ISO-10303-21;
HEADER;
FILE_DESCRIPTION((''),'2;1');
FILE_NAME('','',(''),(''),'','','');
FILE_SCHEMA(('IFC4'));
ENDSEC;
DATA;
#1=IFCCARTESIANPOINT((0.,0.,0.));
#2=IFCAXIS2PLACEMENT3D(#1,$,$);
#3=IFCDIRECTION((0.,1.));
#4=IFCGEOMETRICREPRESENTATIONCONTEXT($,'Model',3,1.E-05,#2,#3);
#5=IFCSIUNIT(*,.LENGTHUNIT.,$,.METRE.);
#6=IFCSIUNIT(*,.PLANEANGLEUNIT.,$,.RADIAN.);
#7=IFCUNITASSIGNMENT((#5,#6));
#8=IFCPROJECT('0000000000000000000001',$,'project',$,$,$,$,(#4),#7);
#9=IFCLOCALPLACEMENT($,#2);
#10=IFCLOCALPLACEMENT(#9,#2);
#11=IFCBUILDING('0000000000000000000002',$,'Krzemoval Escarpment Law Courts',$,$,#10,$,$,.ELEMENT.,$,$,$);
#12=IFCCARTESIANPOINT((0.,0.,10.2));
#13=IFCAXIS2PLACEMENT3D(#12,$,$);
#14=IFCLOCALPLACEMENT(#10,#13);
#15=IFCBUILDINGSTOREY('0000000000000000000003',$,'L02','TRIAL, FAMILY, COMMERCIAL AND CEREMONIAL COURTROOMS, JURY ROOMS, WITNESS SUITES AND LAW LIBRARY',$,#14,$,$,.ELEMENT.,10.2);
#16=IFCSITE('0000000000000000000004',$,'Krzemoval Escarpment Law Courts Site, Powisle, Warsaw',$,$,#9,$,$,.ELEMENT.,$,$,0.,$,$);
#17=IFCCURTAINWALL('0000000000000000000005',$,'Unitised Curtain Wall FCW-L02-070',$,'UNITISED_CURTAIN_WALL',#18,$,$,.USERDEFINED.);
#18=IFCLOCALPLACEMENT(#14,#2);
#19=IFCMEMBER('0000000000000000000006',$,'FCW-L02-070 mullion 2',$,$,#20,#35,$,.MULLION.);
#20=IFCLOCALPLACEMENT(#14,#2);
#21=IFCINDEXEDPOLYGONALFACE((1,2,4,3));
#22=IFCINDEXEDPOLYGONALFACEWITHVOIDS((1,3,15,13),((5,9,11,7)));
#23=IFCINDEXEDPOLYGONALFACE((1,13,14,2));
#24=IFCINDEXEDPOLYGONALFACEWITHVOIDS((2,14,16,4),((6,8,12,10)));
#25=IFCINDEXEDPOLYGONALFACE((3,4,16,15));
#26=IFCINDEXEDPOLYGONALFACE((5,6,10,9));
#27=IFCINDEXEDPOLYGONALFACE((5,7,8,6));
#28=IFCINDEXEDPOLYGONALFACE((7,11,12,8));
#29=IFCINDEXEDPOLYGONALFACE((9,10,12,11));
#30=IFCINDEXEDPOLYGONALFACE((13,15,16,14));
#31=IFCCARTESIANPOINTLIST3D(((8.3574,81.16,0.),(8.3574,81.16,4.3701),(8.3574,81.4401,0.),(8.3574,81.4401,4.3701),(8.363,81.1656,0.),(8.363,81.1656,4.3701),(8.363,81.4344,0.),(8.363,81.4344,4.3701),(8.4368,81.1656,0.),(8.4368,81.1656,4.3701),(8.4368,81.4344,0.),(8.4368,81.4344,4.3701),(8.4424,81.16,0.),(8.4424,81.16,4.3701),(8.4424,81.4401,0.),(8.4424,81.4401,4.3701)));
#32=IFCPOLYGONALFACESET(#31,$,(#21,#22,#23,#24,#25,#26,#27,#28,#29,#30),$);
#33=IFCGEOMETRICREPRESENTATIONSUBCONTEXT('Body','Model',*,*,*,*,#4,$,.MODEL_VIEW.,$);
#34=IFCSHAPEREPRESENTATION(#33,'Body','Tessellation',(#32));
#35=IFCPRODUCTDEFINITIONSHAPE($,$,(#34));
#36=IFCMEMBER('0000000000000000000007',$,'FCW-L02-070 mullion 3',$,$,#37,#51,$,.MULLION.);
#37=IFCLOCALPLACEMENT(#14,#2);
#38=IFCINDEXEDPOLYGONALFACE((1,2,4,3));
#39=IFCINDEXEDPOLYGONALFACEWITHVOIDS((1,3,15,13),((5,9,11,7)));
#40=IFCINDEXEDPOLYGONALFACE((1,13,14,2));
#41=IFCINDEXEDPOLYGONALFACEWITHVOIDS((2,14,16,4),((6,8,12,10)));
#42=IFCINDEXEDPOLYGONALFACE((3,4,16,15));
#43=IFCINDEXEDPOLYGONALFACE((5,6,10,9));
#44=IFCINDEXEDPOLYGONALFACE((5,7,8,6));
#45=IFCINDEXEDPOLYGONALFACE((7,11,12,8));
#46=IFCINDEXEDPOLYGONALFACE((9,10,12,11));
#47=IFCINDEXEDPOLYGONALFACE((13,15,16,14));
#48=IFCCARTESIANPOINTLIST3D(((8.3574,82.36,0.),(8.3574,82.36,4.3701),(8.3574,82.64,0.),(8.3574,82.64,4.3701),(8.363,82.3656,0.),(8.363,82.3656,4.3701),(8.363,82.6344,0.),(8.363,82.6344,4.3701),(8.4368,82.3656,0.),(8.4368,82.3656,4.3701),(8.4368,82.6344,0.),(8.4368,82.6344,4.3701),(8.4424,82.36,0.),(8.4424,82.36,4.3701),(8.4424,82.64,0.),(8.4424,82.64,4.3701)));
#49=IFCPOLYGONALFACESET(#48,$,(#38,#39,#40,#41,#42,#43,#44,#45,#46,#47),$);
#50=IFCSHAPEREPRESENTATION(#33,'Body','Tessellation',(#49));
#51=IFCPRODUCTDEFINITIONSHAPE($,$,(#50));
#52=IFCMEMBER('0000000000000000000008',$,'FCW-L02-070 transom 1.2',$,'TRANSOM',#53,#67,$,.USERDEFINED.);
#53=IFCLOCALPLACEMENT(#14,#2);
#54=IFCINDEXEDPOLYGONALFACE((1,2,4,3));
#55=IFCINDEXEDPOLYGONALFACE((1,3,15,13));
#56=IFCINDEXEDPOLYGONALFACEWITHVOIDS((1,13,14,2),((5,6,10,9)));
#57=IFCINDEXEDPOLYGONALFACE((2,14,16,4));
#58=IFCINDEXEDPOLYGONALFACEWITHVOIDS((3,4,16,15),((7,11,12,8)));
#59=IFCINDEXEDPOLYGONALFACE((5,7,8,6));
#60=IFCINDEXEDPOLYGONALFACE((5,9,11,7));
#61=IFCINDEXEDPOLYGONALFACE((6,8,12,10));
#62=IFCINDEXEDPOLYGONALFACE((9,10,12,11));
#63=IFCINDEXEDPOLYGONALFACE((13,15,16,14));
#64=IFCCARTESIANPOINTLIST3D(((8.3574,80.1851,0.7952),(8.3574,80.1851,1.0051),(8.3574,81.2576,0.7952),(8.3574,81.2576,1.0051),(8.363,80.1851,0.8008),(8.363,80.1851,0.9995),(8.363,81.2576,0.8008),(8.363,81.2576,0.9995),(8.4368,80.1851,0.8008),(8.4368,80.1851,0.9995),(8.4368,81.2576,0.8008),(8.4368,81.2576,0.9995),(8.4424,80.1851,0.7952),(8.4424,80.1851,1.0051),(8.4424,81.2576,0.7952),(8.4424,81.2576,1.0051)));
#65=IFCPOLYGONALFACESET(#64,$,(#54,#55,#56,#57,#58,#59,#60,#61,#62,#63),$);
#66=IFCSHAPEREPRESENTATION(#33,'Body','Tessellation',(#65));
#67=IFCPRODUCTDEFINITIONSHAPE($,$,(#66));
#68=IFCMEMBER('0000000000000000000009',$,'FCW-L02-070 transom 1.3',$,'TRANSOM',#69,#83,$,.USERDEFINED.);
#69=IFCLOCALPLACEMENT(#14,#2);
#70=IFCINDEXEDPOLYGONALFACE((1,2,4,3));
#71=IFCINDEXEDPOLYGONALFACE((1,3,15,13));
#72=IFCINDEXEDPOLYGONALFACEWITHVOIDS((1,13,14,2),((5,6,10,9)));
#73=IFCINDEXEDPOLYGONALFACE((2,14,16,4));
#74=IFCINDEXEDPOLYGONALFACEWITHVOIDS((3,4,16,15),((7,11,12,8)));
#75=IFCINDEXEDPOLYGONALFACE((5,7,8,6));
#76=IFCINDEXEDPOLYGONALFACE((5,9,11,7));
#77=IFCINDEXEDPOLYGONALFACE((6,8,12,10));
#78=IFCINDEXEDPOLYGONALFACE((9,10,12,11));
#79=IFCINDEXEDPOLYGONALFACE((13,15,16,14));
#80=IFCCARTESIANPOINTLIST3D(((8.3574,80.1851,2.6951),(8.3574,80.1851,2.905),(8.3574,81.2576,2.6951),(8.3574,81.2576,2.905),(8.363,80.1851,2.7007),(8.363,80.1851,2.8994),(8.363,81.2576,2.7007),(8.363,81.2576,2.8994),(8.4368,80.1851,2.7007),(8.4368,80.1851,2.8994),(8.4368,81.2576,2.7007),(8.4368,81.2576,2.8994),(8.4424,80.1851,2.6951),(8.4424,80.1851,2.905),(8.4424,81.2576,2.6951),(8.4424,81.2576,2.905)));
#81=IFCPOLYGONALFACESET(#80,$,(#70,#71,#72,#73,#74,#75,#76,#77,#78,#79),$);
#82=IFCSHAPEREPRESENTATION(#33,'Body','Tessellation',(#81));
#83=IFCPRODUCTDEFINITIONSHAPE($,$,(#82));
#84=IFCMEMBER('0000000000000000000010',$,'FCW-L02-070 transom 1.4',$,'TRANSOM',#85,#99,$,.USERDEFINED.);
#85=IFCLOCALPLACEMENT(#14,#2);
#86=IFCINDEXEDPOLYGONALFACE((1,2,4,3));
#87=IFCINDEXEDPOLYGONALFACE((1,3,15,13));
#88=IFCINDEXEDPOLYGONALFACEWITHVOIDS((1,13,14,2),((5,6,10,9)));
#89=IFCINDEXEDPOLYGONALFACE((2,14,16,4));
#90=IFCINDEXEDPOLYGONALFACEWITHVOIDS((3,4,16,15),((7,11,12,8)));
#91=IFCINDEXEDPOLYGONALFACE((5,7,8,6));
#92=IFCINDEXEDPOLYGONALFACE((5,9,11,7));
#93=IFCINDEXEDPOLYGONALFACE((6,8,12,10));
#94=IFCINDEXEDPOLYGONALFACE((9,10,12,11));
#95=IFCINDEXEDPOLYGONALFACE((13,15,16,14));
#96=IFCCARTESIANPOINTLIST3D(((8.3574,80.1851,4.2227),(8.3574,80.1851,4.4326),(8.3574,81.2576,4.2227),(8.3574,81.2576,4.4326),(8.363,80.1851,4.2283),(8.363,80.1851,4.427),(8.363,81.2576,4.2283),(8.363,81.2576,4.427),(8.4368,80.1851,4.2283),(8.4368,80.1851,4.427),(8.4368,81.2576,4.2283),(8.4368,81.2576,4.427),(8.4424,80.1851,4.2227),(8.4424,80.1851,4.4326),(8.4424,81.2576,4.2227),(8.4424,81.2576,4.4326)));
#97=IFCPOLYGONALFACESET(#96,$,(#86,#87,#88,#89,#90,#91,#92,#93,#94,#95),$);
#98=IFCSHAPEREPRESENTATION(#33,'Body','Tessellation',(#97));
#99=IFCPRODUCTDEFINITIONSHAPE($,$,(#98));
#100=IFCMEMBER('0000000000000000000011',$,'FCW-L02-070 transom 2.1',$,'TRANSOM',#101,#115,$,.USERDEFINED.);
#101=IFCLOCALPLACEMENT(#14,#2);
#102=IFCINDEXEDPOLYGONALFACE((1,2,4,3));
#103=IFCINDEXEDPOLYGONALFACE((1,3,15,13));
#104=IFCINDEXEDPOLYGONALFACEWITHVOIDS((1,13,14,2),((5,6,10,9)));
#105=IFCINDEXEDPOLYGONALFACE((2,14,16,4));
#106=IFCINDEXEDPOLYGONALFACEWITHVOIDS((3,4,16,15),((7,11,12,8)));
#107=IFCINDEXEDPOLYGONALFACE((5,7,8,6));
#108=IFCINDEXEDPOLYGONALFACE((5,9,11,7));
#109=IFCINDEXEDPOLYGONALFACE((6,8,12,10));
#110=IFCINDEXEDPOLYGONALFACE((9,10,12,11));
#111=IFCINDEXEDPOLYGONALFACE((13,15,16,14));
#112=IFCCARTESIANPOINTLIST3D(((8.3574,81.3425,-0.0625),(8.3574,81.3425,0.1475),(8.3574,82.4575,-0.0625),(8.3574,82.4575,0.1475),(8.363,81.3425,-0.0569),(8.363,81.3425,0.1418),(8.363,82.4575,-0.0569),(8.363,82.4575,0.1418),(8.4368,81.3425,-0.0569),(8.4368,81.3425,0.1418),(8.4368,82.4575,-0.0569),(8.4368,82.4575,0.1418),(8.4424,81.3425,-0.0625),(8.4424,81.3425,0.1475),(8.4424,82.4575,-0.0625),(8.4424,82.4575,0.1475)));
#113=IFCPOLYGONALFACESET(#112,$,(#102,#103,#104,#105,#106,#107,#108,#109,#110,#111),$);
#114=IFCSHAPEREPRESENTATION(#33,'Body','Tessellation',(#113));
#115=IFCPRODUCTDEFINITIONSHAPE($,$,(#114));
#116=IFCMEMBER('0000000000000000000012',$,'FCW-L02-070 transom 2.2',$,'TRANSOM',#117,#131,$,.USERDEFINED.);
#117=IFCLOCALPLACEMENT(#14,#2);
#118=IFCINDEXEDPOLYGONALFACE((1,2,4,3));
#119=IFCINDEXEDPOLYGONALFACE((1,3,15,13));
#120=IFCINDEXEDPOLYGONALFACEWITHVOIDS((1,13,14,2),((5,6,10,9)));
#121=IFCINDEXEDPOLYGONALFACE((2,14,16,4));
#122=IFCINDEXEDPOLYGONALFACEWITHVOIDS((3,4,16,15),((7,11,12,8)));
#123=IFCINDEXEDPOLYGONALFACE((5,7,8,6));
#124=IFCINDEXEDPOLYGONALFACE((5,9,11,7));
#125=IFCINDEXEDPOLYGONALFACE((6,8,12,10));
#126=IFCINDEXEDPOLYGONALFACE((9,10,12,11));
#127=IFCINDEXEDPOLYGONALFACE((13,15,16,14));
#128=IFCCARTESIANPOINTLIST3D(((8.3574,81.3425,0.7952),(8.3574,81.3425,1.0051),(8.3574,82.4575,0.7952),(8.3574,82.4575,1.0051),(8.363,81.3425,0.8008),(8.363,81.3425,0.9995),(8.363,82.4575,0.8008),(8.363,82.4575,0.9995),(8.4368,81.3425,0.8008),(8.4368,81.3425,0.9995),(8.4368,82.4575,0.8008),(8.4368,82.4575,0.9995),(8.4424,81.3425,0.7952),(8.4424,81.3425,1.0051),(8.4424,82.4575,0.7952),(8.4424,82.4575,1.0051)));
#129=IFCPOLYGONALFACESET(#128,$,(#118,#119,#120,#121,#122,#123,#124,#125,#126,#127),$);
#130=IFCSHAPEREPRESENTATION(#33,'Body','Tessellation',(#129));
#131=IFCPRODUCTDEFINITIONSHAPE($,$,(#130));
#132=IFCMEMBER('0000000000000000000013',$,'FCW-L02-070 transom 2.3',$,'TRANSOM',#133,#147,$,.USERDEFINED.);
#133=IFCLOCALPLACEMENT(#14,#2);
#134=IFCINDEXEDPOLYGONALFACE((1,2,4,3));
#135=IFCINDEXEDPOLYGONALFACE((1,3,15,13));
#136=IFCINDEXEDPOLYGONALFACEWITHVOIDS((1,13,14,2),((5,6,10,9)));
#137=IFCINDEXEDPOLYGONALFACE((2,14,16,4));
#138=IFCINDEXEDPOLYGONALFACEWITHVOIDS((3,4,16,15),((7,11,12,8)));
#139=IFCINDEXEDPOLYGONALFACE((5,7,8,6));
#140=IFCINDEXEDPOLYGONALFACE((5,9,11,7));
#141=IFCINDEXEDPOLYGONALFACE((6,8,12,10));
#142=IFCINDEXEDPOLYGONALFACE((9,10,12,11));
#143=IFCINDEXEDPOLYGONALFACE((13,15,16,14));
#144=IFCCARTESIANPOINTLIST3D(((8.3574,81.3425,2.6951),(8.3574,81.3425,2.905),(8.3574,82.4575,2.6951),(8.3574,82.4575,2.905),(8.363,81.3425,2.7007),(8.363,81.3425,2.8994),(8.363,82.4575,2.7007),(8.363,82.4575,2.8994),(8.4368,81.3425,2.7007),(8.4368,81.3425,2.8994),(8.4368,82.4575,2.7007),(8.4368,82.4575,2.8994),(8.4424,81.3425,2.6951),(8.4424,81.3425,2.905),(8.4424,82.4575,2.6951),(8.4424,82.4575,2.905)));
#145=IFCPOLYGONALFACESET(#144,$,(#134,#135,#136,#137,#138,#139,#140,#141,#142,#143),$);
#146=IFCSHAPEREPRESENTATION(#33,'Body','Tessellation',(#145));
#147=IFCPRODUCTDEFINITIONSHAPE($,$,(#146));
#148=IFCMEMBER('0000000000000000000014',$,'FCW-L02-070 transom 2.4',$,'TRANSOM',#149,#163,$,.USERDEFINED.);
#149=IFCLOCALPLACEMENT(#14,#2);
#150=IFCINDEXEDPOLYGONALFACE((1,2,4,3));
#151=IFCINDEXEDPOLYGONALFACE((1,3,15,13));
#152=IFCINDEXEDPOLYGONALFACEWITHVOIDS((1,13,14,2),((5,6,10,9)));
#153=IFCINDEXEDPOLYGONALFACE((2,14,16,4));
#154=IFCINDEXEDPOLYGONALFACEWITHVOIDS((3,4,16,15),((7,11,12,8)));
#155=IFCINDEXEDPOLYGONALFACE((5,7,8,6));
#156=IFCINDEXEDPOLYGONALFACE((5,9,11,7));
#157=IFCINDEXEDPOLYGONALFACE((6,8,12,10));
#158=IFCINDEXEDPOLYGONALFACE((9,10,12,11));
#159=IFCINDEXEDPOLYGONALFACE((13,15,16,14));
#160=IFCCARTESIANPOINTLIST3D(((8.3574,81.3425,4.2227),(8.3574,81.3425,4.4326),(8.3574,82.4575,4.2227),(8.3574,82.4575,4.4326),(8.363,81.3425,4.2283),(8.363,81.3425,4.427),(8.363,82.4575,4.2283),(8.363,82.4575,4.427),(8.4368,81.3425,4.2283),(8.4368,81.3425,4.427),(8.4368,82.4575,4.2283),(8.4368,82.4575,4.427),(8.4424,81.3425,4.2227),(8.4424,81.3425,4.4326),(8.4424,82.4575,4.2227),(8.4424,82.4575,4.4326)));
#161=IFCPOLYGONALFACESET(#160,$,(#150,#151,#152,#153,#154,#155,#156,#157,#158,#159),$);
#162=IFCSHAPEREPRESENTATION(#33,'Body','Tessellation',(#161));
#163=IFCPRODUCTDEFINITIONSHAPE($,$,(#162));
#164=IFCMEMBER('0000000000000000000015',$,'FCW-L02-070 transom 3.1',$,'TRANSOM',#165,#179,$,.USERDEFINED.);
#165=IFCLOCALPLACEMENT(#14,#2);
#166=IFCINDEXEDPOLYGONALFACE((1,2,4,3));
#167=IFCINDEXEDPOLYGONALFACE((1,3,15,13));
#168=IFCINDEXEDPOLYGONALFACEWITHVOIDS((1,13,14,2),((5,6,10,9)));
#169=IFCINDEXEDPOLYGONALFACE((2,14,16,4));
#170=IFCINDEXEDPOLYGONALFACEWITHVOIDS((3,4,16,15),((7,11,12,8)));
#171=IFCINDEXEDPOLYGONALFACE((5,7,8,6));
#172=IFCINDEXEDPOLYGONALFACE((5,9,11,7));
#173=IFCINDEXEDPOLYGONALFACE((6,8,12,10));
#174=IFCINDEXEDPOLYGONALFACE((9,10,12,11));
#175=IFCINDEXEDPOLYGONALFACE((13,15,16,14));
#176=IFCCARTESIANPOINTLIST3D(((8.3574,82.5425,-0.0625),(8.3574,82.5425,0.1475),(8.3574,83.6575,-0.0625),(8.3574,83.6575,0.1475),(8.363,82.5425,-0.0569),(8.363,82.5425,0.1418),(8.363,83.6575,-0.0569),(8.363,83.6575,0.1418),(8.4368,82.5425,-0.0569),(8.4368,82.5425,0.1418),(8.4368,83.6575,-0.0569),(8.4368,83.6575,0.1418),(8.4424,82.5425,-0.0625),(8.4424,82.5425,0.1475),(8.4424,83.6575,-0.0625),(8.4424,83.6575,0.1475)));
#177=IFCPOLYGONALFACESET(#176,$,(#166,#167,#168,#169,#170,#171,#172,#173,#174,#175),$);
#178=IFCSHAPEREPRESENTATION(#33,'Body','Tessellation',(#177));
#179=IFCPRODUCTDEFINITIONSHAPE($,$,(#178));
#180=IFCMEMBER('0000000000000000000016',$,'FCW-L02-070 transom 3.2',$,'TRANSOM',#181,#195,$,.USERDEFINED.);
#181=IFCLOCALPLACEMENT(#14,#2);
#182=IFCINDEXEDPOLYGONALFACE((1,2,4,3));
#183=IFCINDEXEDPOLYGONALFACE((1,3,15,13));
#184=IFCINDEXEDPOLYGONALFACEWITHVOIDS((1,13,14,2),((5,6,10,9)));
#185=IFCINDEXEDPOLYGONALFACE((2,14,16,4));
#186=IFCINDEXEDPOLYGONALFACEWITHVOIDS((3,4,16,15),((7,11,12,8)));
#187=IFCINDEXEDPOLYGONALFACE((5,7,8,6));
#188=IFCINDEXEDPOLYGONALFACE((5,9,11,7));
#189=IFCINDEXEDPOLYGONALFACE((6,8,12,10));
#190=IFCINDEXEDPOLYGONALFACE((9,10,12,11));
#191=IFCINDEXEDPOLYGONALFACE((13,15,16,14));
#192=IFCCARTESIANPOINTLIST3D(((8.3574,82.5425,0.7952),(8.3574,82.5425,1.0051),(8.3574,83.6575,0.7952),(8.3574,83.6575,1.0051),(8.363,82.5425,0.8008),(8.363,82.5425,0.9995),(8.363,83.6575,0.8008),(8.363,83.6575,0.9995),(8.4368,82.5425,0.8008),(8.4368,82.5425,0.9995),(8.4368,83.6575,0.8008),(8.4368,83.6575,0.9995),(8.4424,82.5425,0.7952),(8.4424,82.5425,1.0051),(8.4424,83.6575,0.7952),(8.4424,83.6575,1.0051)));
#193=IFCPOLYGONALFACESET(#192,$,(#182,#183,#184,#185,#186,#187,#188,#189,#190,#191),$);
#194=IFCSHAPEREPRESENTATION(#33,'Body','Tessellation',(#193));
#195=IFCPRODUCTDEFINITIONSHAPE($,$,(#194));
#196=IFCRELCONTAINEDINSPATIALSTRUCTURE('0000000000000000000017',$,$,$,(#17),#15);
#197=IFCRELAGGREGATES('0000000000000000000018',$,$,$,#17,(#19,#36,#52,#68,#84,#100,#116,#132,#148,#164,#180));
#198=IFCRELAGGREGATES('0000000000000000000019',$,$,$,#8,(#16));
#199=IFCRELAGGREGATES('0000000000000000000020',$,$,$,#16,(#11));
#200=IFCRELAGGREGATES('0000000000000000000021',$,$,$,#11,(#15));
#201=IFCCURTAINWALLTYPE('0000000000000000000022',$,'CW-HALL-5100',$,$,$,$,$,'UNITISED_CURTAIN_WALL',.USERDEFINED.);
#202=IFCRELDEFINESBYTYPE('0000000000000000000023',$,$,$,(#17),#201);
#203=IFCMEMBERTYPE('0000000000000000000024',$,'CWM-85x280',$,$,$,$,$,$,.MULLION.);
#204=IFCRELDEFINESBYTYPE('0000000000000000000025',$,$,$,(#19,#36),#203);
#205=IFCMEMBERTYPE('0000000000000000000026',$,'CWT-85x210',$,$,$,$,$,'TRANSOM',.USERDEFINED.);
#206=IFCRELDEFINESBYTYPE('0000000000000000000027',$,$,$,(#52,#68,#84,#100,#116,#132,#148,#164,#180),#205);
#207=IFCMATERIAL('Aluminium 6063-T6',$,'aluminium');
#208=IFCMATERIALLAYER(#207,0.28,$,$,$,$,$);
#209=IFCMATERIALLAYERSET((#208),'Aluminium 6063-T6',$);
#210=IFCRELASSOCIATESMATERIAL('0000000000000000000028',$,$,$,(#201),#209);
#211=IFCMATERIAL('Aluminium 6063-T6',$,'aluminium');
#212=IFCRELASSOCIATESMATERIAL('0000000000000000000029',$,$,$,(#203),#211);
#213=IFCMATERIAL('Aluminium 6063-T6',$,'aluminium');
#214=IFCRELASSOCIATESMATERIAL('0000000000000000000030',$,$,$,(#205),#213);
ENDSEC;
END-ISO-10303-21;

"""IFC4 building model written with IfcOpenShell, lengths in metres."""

from ifc_helpers import new_model, si_unit, direction, frame, origin, origin_2d, place, context, subcontext, project, spatial, hollow_rectangle, extrude, material, layer, layer_set, material_profile, profile_set, type_object, element, aggregate, save


model = new_model("IFC4")

# Units and contexts
model_context = context("Model", 3, precision=1e-05, world=origin(), true_north=direction((0.0, 1.0)))
body_context = subcontext(model_context, "Body", "Model", "MODEL_VIEW")
ifc_project = project(units=[si_unit("LENGTHUNIT", "METRE"), si_unit("PLANEANGLEUNIT", "RADIAN")], contexts=[model_context])

# Site, building, storey
site_placement = place(None, origin())
site = spatial("IfcSite", under=ifc_project, at=site_placement, Name="Krzemoval Escarpment Law Courts Site, Powisle, Warsaw", CompositionType="ELEMENT", RefElevation=0.0)
building_placement = place(site_placement, origin())
building = spatial("IfcBuilding", under=site, at=building_placement, Name="Krzemoval Escarpment Law Courts", CompositionType="ELEMENT")
storey_placement = place(building_placement, frame((0.0, 0.0, 10.2)))
storey = spatial("IfcBuildingStorey", under=building, at=storey_placement, Name="L02", Description="TRIAL, FAMILY, COMMERCIAL AND CEREMONIAL COURTROOMS, JURY ROOMS, WITNESS SUITES AND LAW LIBRARY", CompositionType="ELEMENT", Elevation=10.2)

# Curtain wall, members
ifc_material_1 = material(Name="Aluminium 6063-T6", Category="aluminium")
ifc_layer_1 = layer(ifc_material_1, 0.28)
ifc_layer_set_1 = layer_set([ifc_layer_1], Name="Aluminium 6063-T6")
curtain_wall_type = type_object("IfcCurtainWallType", Name="CW-HALL-5100", ElementType="UNITISED_CURTAIN_WALL", PredefinedType="USERDEFINED", material=ifc_layer_set_1)
curtain_wall_placement = place(storey_placement, origin())
curtain_wall = element("IfcCurtainWall", 1, at=curtain_wall_placement, inside=storey, type_object=curtain_wall_type, Name="Unitised Curtain Wall FCW-L02-070", ObjectType="UNITISED_CURTAIN_WALL", PredefinedType="USERDEFINED")
ifc_material_2 = material(Name="Aluminium 6063-T6", Category="aluminium")
ifc_material_profile_1 = material_profile(ifc_material_2, hollow_rectangle(XDim=0.085, YDim=0.28, WallThickness=0.0056, at=origin_2d()), Name="ALU M85x280")
ifc_profile_set_1 = profile_set([ifc_material_profile_1], Name="Aluminium 6063-T6")
member_type_1 = type_object("IfcMemberType", Name="CWM-85x280", PredefinedType="MULLION", material=ifc_profile_set_1)
member_1_placement = place(storey_placement, frame((8.3999, 81.3, 0.0), z_axis=(0.0, 0.0, 1.0), x_axis=(-1.0, 0.0, 0.0)))
member_1 = element("IfcMember", 2, at=member_1_placement, type_object=member_type_1, Name="FCW-L02-070 mullion 2", PredefinedType="MULLION", context=body_context, shape_type="SweptSolid", body=[
    extrude(hollow_rectangle(XDim=0.085, YDim=0.28, WallThickness=0.0056, at=origin_2d()), origin(), (0.0, 0.0, 1.0), 4.3701),
])
member_2_placement = place(storey_placement, frame((8.3999, 82.5, 0.0), z_axis=(0.0, 0.0, 1.0), x_axis=(-1.0, 0.0, 0.0)))
member_2 = element("IfcMember", 3, at=member_2_placement, type_object=member_type_1, Name="FCW-L02-070 mullion 3", PredefinedType="MULLION", context=body_context, shape_type="SweptSolid", body=[
    extrude(hollow_rectangle(XDim=0.085, YDim=0.28, WallThickness=0.0056, at=origin_2d()), origin(), (0.0, 0.0, 1.0), 4.3701),
])
ifc_material_3 = material(Name="Aluminium 6063-T6", Category="aluminium")
ifc_material_profile_2 = material_profile(ifc_material_3, hollow_rectangle(XDim=0.085, YDim=0.21, WallThickness=0.0056, at=origin_2d()), Name="ALU T85x210")
ifc_profile_set_2 = profile_set([ifc_material_profile_2], Name="Aluminium 6063-T6")
member_type_2 = type_object("IfcMemberType", Name="CWT-85x210", ElementType="TRANSOM", PredefinedType="USERDEFINED", material=ifc_profile_set_2)
member_3_placement = place(storey_placement, frame((8.3999, 80.1851, 0.9001), z_axis=(0.0, 1.0, 0.0), x_axis=(-1.0, 0.0, 0.0)))
member_3 = element("IfcMember", 4, at=member_3_placement, type_object=member_type_2, Name="FCW-L02-070 transom 1.2", ObjectType="TRANSOM", PredefinedType="USERDEFINED", context=body_context, shape_type="SweptSolid", body=[
    extrude(hollow_rectangle(XDim=0.085, YDim=0.21, WallThickness=0.0056, at=origin_2d()), origin(), (0.0, 0.0, 1.0), 1.0725),
])
member_4_placement = place(storey_placement, frame((8.3999, 80.1851, 2.8), z_axis=(0.0, 1.0, 0.0), x_axis=(-1.0, 0.0, 0.0)))
member_4 = element("IfcMember", 5, at=member_4_placement, type_object=member_type_2, Name="FCW-L02-070 transom 1.3", ObjectType="TRANSOM", PredefinedType="USERDEFINED", context=body_context, shape_type="SweptSolid", body=[
    extrude(hollow_rectangle(XDim=0.085, YDim=0.21, WallThickness=0.0056, at=origin_2d()), origin(), (0.0, 0.0, 1.0), 1.0725),
])
member_5_placement = place(storey_placement, frame((8.3999, 80.1851, 4.3276), z_axis=(0.0, 1.0, 0.0), x_axis=(-1.0, 0.0, 0.0)))
member_5 = element("IfcMember", 6, at=member_5_placement, type_object=member_type_2, Name="FCW-L02-070 transom 1.4", ObjectType="TRANSOM", PredefinedType="USERDEFINED", context=body_context, shape_type="SweptSolid", body=[
    extrude(hollow_rectangle(XDim=0.085, YDim=0.21, WallThickness=0.0056, at=origin_2d()), origin(), (0.0, 0.0, 1.0), 1.0725),
])
member_6_placement = place(storey_placement, frame((8.3999, 81.3425, 0.0425), z_axis=(0.0, 1.0, 0.0), x_axis=(-1.0, 0.0, 0.0)))
member_6 = element("IfcMember", 7, at=member_6_placement, type_object=member_type_2, Name="FCW-L02-070 transom 2.1", ObjectType="TRANSOM", PredefinedType="USERDEFINED", context=body_context, shape_type="SweptSolid", body=[
    extrude(hollow_rectangle(XDim=0.085, YDim=0.21, WallThickness=0.0056, at=origin_2d()), origin(), (0.0, 0.0, 1.0), 1.115),
])
member_7_placement = place(storey_placement, frame((8.3999, 81.3425, 0.9001), z_axis=(0.0, 1.0, 0.0), x_axis=(-1.0, 0.0, 0.0)))
member_7 = element("IfcMember", 8, at=member_7_placement, type_object=member_type_2, Name="FCW-L02-070 transom 2.2", ObjectType="TRANSOM", PredefinedType="USERDEFINED", context=body_context, shape_type="SweptSolid", body=[
    extrude(hollow_rectangle(XDim=0.085, YDim=0.21, WallThickness=0.0056, at=origin_2d()), origin(), (0.0, 0.0, 1.0), 1.115),
])
member_8_placement = place(storey_placement, frame((8.3999, 81.3425, 2.8), z_axis=(0.0, 1.0, 0.0), x_axis=(-1.0, 0.0, 0.0)))
member_8 = element("IfcMember", 9, at=member_8_placement, type_object=member_type_2, Name="FCW-L02-070 transom 2.3", ObjectType="TRANSOM", PredefinedType="USERDEFINED", context=body_context, shape_type="SweptSolid", body=[
    extrude(hollow_rectangle(XDim=0.085, YDim=0.21, WallThickness=0.0056, at=origin_2d()), origin(), (0.0, 0.0, 1.0), 1.115),
])
member_9_placement = place(storey_placement, frame((8.3999, 81.3425, 4.3276), z_axis=(0.0, 1.0, 0.0), x_axis=(-1.0, 0.0, 0.0)))
member_9 = element("IfcMember", 10, at=member_9_placement, type_object=member_type_2, Name="FCW-L02-070 transom 2.4", ObjectType="TRANSOM", PredefinedType="USERDEFINED", context=body_context, shape_type="SweptSolid", body=[
    extrude(hollow_rectangle(XDim=0.085, YDim=0.21, WallThickness=0.0056, at=origin_2d()), origin(), (0.0, 0.0, 1.0), 1.115),
])
member_10_placement = place(storey_placement, frame((8.3999, 82.5425, 0.0425), z_axis=(0.0, 1.0, 0.0), x_axis=(-1.0, 0.0, 0.0)))
member_10 = element("IfcMember", 11, at=member_10_placement, type_object=member_type_2, Name="FCW-L02-070 transom 3.1", ObjectType="TRANSOM", PredefinedType="USERDEFINED", context=body_context, shape_type="SweptSolid", body=[
    extrude(hollow_rectangle(XDim=0.085, YDim=0.21, WallThickness=0.0056, at=origin_2d()), origin(), (0.0, 0.0, 1.0), 1.115),
])
member_11_placement = place(storey_placement, frame((8.3999, 82.5425, 0.9001), z_axis=(0.0, 1.0, 0.0), x_axis=(-1.0, 0.0, 0.0)))
member_11 = element("IfcMember", 12, at=member_11_placement, type_object=member_type_2, Name="FCW-L02-070 transom 3.2", ObjectType="TRANSOM", PredefinedType="USERDEFINED", context=body_context, shape_type="SweptSolid", body=[
    extrude(hollow_rectangle(XDim=0.085, YDim=0.21, WallThickness=0.0056, at=origin_2d()), origin(), (0.0, 0.0, 1.0), 1.115),
])
aggregate(curtain_wall, [member_1, member_2, member_3, member_4, member_5, member_6, member_7, member_8, member_9, member_10, member_11])

save(model, "model.ifc")
